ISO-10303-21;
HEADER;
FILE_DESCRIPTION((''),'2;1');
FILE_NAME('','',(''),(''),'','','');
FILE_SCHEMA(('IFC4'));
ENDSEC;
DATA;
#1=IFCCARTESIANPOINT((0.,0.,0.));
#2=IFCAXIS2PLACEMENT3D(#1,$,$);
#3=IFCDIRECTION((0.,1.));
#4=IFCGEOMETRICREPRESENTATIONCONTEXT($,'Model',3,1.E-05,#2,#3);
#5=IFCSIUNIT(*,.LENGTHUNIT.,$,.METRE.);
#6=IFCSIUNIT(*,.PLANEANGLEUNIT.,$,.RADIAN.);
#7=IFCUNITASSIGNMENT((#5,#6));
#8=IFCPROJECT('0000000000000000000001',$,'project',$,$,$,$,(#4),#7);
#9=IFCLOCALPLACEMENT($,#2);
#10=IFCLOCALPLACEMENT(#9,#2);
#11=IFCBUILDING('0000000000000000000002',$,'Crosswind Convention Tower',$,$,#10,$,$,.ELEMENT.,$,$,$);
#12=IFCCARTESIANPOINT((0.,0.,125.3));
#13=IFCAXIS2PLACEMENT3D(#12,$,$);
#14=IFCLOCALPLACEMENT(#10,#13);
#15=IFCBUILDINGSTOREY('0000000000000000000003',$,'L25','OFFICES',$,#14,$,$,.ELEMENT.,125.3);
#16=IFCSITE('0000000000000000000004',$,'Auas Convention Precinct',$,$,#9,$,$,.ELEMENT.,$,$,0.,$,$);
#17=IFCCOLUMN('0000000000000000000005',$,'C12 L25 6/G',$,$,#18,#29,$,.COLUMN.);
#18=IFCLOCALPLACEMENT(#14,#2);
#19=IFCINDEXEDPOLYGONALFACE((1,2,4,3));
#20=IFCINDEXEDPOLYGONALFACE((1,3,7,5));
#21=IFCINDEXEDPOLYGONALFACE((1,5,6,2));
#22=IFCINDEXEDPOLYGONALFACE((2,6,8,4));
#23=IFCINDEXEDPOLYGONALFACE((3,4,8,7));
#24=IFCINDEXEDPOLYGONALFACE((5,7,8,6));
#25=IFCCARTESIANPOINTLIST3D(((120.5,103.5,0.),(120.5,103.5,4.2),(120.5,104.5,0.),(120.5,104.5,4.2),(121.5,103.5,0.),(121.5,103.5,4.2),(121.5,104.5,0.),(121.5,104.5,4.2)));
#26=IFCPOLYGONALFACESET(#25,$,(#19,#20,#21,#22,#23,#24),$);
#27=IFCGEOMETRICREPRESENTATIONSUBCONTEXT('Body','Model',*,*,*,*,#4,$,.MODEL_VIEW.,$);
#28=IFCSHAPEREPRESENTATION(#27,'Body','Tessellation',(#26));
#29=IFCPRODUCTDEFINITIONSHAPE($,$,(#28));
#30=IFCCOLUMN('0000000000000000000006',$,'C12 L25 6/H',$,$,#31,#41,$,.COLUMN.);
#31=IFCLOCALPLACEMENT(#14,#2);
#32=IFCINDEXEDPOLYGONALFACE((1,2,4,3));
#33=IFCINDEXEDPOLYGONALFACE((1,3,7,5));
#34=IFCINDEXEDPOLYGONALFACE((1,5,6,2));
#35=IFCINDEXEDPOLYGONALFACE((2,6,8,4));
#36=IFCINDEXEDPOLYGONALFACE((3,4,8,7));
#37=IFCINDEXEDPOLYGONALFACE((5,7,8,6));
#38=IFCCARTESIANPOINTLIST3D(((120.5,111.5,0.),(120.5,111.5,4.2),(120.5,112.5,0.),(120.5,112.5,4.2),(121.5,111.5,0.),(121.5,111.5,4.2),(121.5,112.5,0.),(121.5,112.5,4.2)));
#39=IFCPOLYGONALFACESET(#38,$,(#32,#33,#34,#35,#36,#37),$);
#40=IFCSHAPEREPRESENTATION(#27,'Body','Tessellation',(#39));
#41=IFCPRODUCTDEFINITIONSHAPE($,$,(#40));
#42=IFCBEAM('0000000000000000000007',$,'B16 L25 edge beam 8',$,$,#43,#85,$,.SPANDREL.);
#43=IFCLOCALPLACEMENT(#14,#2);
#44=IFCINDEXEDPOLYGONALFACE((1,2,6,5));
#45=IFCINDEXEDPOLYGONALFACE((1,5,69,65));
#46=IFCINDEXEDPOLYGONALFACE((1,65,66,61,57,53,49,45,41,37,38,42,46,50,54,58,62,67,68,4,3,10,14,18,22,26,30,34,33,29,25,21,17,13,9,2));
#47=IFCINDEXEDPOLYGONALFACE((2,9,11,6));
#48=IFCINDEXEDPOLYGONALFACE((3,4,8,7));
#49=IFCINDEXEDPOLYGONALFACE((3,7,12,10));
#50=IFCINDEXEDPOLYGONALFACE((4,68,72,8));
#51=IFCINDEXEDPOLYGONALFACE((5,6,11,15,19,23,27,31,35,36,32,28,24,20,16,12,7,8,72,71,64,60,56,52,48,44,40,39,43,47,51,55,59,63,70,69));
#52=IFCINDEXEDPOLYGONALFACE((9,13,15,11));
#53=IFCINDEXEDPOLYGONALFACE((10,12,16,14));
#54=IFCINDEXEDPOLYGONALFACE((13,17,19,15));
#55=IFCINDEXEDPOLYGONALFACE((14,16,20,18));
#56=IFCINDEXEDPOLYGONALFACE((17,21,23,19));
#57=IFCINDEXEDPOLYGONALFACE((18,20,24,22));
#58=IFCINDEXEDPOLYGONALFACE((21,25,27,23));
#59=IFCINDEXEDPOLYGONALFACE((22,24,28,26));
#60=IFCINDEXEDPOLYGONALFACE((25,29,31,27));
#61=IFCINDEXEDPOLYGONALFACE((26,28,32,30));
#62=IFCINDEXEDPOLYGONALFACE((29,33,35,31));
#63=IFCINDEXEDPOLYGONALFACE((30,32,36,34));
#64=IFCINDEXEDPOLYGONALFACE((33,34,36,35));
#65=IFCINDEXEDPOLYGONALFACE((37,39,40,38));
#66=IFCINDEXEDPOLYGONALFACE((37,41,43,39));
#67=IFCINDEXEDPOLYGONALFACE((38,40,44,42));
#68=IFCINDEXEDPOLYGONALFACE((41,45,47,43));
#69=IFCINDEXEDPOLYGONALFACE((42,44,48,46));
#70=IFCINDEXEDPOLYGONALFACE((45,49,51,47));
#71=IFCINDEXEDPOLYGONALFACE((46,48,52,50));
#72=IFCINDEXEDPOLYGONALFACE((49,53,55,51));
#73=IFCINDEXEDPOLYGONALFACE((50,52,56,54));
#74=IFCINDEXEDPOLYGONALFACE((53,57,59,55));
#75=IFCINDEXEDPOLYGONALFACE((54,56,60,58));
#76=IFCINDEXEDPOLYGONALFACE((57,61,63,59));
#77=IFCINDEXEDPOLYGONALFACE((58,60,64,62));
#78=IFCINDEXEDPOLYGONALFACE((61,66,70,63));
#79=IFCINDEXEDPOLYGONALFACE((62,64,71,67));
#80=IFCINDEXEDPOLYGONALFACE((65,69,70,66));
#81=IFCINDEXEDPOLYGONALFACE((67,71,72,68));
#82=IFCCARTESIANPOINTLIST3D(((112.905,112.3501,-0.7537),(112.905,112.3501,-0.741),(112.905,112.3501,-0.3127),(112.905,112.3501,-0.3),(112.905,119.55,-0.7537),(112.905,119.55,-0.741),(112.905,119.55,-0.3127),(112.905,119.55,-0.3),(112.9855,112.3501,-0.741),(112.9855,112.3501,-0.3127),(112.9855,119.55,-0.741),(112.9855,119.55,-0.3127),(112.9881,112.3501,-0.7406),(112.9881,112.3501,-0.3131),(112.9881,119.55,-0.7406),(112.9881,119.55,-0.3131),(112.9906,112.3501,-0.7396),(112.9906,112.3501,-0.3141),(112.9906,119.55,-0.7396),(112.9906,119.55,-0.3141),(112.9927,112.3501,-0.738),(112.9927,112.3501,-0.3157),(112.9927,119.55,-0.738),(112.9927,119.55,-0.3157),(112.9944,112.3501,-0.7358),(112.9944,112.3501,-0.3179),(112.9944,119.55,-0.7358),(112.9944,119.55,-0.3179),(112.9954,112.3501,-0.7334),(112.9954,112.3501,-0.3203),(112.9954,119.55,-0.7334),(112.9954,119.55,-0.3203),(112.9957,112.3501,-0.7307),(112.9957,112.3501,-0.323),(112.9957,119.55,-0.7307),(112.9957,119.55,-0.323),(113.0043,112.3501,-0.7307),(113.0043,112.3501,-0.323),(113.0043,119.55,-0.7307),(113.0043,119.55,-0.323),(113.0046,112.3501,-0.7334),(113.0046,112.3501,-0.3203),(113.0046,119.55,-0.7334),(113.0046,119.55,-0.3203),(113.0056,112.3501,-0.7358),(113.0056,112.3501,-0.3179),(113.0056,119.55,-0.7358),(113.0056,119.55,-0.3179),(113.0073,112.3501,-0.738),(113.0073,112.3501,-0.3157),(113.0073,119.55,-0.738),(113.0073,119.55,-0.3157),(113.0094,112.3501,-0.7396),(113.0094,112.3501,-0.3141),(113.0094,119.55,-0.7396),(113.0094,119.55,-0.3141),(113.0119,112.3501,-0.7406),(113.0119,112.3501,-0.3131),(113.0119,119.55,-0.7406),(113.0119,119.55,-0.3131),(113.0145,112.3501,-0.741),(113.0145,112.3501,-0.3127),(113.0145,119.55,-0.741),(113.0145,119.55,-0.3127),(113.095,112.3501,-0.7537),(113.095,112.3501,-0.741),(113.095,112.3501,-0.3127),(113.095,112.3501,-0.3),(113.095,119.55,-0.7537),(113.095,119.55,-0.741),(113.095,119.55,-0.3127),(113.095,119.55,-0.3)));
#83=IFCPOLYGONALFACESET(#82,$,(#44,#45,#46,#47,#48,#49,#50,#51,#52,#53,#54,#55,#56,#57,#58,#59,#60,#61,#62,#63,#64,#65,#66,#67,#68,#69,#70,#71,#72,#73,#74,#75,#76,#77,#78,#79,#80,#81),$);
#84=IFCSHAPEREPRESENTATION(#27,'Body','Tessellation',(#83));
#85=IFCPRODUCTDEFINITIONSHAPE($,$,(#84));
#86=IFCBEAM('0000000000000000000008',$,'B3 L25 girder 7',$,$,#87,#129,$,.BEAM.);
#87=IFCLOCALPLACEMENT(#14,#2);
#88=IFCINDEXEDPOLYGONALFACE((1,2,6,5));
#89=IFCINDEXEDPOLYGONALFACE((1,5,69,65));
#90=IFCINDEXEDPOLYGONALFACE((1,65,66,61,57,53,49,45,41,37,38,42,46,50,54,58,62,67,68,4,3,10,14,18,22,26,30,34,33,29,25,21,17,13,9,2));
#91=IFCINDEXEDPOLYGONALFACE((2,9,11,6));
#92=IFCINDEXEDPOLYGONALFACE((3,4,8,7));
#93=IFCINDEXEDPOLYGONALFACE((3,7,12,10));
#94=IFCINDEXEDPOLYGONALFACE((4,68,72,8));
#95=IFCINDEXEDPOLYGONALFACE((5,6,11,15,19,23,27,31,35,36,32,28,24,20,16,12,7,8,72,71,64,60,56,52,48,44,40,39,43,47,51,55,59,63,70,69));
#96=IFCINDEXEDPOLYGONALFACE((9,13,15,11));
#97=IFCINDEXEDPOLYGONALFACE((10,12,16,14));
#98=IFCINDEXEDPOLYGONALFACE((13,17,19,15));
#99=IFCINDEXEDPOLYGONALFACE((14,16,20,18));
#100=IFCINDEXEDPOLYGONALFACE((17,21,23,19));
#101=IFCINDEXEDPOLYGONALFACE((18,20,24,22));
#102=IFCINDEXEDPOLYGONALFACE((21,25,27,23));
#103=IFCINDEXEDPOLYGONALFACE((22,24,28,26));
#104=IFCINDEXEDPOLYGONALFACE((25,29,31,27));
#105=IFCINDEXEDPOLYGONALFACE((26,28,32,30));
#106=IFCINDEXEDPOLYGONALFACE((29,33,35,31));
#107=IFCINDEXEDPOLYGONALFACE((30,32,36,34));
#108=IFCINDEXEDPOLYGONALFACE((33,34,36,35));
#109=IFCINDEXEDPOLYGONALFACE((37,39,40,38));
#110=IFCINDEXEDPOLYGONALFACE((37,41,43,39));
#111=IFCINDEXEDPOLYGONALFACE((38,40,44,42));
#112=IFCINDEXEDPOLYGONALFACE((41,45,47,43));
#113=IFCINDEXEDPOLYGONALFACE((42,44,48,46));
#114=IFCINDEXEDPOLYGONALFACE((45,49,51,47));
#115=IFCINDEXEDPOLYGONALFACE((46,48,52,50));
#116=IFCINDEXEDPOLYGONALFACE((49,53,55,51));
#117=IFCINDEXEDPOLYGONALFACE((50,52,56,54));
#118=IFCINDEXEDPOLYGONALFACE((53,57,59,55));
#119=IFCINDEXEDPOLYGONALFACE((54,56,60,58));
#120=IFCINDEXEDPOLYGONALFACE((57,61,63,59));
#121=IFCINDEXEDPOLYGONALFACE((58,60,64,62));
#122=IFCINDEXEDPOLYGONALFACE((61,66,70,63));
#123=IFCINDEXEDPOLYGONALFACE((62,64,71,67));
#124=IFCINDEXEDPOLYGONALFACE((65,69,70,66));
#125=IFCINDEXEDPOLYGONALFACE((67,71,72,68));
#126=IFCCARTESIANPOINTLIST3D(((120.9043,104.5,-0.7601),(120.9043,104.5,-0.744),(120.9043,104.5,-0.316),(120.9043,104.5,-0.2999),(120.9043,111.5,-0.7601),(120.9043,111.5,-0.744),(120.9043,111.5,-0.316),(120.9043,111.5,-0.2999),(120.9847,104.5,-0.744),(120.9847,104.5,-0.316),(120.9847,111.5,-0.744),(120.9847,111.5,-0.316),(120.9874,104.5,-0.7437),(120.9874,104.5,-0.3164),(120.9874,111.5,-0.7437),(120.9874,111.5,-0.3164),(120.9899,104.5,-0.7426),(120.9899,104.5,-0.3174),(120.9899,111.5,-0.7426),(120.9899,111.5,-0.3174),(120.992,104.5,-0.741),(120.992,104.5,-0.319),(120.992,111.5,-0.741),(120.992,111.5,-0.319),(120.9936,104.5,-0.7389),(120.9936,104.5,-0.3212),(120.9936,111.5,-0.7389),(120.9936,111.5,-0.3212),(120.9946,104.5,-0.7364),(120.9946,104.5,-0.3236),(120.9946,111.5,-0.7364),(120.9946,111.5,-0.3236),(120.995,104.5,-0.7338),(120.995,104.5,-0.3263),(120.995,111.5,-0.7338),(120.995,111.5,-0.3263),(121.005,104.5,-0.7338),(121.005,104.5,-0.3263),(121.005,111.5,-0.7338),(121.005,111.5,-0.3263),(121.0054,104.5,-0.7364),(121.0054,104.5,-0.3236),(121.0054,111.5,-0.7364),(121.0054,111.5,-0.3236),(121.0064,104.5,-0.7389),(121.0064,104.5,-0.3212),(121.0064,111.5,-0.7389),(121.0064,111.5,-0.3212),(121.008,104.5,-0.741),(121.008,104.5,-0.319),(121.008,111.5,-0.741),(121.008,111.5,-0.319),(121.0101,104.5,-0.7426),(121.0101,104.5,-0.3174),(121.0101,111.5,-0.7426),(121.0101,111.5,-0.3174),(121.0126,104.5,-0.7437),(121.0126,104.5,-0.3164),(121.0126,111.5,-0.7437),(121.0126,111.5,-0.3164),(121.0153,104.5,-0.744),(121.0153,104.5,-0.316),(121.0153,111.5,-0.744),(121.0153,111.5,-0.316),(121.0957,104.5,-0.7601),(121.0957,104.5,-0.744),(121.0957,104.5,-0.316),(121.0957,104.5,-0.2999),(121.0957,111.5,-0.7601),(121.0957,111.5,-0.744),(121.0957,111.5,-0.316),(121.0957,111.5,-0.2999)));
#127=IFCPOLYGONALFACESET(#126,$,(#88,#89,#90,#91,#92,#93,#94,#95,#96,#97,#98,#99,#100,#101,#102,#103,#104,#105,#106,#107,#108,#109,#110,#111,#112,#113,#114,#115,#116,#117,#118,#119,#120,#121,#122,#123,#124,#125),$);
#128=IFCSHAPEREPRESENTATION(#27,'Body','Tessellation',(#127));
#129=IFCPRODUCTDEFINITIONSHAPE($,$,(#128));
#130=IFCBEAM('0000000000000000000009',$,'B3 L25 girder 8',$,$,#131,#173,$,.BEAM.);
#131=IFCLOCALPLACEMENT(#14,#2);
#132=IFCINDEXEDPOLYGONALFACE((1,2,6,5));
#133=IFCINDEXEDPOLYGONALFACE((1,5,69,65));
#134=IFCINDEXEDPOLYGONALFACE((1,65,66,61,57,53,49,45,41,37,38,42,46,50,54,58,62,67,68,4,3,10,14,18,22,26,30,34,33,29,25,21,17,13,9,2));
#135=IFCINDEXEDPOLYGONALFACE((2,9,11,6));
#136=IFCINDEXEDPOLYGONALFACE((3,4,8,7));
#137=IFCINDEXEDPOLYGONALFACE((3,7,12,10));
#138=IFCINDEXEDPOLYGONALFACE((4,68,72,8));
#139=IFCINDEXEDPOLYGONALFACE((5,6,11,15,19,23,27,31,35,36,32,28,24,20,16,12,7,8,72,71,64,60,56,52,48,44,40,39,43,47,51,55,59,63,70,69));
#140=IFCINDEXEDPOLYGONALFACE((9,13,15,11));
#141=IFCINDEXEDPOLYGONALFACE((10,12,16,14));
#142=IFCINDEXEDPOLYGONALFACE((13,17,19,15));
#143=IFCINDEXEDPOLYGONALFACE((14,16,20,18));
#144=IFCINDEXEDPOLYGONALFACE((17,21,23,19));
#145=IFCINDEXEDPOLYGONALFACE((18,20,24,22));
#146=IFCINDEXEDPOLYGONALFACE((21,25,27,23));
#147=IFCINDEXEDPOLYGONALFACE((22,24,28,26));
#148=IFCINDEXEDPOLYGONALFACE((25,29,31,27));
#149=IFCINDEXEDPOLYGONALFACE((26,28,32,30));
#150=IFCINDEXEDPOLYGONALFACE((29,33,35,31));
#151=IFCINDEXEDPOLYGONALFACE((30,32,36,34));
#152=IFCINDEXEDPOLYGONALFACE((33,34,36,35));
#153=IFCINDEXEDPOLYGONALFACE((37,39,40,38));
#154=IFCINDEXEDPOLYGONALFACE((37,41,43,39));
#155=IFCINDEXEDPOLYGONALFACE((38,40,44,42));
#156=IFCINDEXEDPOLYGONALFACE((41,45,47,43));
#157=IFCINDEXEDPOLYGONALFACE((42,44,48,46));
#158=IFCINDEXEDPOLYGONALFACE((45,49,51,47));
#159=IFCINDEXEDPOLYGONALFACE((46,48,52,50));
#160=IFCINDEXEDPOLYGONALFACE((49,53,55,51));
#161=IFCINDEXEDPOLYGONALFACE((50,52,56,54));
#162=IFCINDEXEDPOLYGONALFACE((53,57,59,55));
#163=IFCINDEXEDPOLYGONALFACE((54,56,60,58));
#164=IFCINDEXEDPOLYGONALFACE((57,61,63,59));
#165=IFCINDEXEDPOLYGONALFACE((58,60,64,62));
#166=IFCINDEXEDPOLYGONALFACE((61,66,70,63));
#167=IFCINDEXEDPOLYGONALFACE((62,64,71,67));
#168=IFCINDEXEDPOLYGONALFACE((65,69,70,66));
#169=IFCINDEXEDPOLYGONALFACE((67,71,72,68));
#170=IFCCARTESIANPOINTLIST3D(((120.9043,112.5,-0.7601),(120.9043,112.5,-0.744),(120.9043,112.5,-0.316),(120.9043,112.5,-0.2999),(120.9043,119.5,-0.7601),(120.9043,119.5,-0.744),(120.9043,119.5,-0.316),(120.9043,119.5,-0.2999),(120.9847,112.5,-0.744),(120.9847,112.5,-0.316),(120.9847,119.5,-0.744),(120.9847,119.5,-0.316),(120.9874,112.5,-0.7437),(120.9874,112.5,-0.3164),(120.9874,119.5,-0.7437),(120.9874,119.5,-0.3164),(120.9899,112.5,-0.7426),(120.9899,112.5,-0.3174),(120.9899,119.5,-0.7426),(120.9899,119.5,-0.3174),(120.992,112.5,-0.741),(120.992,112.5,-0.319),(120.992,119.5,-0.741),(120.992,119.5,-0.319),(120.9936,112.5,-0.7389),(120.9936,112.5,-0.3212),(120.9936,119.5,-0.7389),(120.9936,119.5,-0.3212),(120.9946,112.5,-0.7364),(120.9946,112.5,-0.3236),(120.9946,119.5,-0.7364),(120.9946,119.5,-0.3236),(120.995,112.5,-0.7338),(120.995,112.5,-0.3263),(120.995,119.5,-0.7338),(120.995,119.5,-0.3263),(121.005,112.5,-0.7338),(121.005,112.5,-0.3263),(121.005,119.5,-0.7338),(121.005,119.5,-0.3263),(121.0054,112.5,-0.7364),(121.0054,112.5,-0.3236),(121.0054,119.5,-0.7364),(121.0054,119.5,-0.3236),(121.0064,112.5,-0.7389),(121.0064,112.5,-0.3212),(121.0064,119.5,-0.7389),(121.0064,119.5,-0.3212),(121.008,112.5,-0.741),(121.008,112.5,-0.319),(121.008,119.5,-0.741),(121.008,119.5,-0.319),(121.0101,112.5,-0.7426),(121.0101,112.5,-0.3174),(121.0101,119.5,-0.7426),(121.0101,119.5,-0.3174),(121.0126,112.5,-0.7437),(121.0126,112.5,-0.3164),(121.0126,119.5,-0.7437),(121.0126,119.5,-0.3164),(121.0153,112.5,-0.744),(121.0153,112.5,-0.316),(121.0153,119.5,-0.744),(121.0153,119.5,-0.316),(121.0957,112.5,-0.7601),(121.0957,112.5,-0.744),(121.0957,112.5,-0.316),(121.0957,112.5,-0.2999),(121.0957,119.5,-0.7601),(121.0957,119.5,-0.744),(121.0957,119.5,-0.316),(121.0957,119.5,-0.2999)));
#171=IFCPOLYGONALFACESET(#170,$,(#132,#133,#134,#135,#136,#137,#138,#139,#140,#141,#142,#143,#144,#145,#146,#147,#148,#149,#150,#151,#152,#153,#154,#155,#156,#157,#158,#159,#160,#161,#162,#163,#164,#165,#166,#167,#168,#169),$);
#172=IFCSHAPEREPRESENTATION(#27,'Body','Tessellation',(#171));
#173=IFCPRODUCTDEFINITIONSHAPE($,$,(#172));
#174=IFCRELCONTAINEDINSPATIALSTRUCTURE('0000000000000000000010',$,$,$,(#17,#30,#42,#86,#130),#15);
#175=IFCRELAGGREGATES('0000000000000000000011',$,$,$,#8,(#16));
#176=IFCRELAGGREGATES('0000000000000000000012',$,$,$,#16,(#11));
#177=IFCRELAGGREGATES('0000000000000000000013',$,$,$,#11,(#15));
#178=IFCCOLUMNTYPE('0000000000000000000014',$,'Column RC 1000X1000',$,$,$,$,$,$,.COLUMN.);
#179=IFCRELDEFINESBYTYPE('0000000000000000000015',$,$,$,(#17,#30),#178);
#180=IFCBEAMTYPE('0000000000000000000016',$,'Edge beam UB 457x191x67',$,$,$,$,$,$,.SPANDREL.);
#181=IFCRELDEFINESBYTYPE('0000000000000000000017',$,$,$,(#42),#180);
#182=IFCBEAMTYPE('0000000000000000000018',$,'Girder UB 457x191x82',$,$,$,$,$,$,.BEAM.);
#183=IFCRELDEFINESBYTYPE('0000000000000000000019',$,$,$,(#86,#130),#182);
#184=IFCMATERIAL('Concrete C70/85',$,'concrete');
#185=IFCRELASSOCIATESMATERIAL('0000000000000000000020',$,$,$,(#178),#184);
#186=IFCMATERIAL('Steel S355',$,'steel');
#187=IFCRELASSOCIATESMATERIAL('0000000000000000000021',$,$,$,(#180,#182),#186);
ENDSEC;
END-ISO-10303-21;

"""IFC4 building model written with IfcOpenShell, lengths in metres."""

from ifc_helpers import new_model, si_unit, direction, frame, origin, origin_2d, place, context, subcontext, project, spatial, rectangle, i_section, extrude, material, material_profile, profile_set, type_object, element, save


model = new_model("IFC4")

# Units and contexts
model_context = context("Model", 3, precision=1e-05, world=origin(), true_north=direction((0.0, 1.0)))
body_context = subcontext(model_context, "Body", "Model", "MODEL_VIEW")
ifc_project = project(units=[si_unit("LENGTHUNIT", "METRE"), si_unit("PLANEANGLEUNIT", "RADIAN")], contexts=[model_context])

# Site, building, storey
site_placement = place(None, origin())
site = spatial("IfcSite", under=ifc_project, at=site_placement, Name="Auas Convention Precinct", CompositionType="ELEMENT", RefElevation=0.0)
building_placement = place(site_placement, origin())
building = spatial("IfcBuilding", under=site, at=building_placement, Name="Crosswind Convention Tower", CompositionType="ELEMENT")
storey_placement = place(building_placement, frame((0.0, 0.0, 125.3)))
storey = spatial("IfcBuildingStorey", under=building, at=storey_placement, Name="L25", Description="OFFICES", CompositionType="ELEMENT", Elevation=125.3)

# Columns
ifc_material_1 = material(Name="Concrete C70/85", Category="concrete")
ifc_material_profile_1 = material_profile(ifc_material_1, rectangle(XDim=1.0, YDim=1.0, at=origin_2d()), Name="RC 1000X1000")
ifc_profile_set_1 = profile_set([ifc_material_profile_1], Name="Concrete C70/85")
column_type = type_object("IfcColumnType", Name="Column RC 1000X1000", PredefinedType="COLUMN", material=ifc_profile_set_1)
for number, where, z_axis, x_axis, name in (
    (1, (121.0, 104.0, 0.0), (0.0, 0.0, 1.0), (1.0, 0.0, 0.0), "C12 L25 6/G"),
    (2, (121.0, 112.0, 0.0), (0.0, 0.0, 1.0), (1.0, 0.0, 0.0), "C12 L25 6/H"),
):
    element("IfcColumn", number, at=place(storey_placement, frame(where, z_axis=z_axis, x_axis=x_axis)), inside=storey, type_object=column_type, Name=name, PredefinedType="COLUMN", context=body_context, shape_type="SweptSolid", body=[
        extrude(rectangle(XDim=1.0, YDim=1.0, at=origin_2d()), origin(), (0.0, 0.0, 1.0), 4.2),
    ])

# Beams
ifc_material_2 = material(Name="Steel S355", Category="steel")
ifc_material_profile_2 = material_profile(ifc_material_2, i_section(OverallWidth=0.1899, OverallDepth=0.4536, WebThickness=0.0085, FlangeThickness=0.0127, FilletRadius=0.0103, at=origin_2d()), Name="UB 457x191x67")
ifc_profile_set_2 = profile_set([ifc_material_profile_2], Name="Steel S355")
beam_type_1 = type_object("IfcBeamType", Name="Edge beam UB 457x191x67", PredefinedType="SPANDREL", material=ifc_profile_set_2)
beam_1_placement = place(storey_placement, frame((113.0, 112.3501, -0.5269), z_axis=(0.0, 1.0, 0.0), x_axis=(-1.0, 0.0, 0.0)))
element("IfcBeam", 3, at=beam_1_placement, inside=storey, type_object=beam_type_1, Name="B16 L25 edge beam 8", PredefinedType="SPANDREL", context=body_context, shape_type="SweptSolid", body=[
    extrude(i_section(OverallWidth=0.1899, OverallDepth=0.4536, WebThickness=0.0085, FlangeThickness=0.0127, FilletRadius=0.0103, at=origin_2d()), origin(), (0.0, 0.0, 1.0), 7.2),
])
ifc_material_profile_3 = material_profile(ifc_material_2, i_section(OverallWidth=0.1914, OverallDepth=0.4602, WebThickness=0.01, FlangeThickness=0.0161, FilletRadius=0.0103, at=origin_2d()), Name="UB 457x191x82")
ifc_profile_set_3 = profile_set([ifc_material_profile_3], Name="Steel S355")
beam_type_2 = type_object("IfcBeamType", Name="Girder UB 457x191x82", PredefinedType="BEAM", material=ifc_profile_set_3)
for number, where, z_axis, x_axis, name in (
    (4, (121.0, 104.5, -0.53), (0.0, 1.0, 0.0), (-1.0, 0.0, 0.0), "B3 L25 girder 7"),
    (5, (121.0, 112.5, -0.53), (0.0, 1.0, 0.0), (-1.0, 0.0, 0.0), "B3 L25 girder 8"),
):
    element("IfcBeam", number, at=place(storey_placement, frame(where, z_axis=z_axis, x_axis=x_axis)), inside=storey, type_object=beam_type_2, Name=name, PredefinedType="BEAM", context=body_context, shape_type="SweptSolid", body=[
        extrude(i_section(OverallWidth=0.1914, OverallDepth=0.4602, WebThickness=0.01, FlangeThickness=0.0161, FilletRadius=0.0103, at=origin_2d()), origin(), (0.0, 0.0, 1.0), 7.0),
    ])

save(model, "model.ifc")
